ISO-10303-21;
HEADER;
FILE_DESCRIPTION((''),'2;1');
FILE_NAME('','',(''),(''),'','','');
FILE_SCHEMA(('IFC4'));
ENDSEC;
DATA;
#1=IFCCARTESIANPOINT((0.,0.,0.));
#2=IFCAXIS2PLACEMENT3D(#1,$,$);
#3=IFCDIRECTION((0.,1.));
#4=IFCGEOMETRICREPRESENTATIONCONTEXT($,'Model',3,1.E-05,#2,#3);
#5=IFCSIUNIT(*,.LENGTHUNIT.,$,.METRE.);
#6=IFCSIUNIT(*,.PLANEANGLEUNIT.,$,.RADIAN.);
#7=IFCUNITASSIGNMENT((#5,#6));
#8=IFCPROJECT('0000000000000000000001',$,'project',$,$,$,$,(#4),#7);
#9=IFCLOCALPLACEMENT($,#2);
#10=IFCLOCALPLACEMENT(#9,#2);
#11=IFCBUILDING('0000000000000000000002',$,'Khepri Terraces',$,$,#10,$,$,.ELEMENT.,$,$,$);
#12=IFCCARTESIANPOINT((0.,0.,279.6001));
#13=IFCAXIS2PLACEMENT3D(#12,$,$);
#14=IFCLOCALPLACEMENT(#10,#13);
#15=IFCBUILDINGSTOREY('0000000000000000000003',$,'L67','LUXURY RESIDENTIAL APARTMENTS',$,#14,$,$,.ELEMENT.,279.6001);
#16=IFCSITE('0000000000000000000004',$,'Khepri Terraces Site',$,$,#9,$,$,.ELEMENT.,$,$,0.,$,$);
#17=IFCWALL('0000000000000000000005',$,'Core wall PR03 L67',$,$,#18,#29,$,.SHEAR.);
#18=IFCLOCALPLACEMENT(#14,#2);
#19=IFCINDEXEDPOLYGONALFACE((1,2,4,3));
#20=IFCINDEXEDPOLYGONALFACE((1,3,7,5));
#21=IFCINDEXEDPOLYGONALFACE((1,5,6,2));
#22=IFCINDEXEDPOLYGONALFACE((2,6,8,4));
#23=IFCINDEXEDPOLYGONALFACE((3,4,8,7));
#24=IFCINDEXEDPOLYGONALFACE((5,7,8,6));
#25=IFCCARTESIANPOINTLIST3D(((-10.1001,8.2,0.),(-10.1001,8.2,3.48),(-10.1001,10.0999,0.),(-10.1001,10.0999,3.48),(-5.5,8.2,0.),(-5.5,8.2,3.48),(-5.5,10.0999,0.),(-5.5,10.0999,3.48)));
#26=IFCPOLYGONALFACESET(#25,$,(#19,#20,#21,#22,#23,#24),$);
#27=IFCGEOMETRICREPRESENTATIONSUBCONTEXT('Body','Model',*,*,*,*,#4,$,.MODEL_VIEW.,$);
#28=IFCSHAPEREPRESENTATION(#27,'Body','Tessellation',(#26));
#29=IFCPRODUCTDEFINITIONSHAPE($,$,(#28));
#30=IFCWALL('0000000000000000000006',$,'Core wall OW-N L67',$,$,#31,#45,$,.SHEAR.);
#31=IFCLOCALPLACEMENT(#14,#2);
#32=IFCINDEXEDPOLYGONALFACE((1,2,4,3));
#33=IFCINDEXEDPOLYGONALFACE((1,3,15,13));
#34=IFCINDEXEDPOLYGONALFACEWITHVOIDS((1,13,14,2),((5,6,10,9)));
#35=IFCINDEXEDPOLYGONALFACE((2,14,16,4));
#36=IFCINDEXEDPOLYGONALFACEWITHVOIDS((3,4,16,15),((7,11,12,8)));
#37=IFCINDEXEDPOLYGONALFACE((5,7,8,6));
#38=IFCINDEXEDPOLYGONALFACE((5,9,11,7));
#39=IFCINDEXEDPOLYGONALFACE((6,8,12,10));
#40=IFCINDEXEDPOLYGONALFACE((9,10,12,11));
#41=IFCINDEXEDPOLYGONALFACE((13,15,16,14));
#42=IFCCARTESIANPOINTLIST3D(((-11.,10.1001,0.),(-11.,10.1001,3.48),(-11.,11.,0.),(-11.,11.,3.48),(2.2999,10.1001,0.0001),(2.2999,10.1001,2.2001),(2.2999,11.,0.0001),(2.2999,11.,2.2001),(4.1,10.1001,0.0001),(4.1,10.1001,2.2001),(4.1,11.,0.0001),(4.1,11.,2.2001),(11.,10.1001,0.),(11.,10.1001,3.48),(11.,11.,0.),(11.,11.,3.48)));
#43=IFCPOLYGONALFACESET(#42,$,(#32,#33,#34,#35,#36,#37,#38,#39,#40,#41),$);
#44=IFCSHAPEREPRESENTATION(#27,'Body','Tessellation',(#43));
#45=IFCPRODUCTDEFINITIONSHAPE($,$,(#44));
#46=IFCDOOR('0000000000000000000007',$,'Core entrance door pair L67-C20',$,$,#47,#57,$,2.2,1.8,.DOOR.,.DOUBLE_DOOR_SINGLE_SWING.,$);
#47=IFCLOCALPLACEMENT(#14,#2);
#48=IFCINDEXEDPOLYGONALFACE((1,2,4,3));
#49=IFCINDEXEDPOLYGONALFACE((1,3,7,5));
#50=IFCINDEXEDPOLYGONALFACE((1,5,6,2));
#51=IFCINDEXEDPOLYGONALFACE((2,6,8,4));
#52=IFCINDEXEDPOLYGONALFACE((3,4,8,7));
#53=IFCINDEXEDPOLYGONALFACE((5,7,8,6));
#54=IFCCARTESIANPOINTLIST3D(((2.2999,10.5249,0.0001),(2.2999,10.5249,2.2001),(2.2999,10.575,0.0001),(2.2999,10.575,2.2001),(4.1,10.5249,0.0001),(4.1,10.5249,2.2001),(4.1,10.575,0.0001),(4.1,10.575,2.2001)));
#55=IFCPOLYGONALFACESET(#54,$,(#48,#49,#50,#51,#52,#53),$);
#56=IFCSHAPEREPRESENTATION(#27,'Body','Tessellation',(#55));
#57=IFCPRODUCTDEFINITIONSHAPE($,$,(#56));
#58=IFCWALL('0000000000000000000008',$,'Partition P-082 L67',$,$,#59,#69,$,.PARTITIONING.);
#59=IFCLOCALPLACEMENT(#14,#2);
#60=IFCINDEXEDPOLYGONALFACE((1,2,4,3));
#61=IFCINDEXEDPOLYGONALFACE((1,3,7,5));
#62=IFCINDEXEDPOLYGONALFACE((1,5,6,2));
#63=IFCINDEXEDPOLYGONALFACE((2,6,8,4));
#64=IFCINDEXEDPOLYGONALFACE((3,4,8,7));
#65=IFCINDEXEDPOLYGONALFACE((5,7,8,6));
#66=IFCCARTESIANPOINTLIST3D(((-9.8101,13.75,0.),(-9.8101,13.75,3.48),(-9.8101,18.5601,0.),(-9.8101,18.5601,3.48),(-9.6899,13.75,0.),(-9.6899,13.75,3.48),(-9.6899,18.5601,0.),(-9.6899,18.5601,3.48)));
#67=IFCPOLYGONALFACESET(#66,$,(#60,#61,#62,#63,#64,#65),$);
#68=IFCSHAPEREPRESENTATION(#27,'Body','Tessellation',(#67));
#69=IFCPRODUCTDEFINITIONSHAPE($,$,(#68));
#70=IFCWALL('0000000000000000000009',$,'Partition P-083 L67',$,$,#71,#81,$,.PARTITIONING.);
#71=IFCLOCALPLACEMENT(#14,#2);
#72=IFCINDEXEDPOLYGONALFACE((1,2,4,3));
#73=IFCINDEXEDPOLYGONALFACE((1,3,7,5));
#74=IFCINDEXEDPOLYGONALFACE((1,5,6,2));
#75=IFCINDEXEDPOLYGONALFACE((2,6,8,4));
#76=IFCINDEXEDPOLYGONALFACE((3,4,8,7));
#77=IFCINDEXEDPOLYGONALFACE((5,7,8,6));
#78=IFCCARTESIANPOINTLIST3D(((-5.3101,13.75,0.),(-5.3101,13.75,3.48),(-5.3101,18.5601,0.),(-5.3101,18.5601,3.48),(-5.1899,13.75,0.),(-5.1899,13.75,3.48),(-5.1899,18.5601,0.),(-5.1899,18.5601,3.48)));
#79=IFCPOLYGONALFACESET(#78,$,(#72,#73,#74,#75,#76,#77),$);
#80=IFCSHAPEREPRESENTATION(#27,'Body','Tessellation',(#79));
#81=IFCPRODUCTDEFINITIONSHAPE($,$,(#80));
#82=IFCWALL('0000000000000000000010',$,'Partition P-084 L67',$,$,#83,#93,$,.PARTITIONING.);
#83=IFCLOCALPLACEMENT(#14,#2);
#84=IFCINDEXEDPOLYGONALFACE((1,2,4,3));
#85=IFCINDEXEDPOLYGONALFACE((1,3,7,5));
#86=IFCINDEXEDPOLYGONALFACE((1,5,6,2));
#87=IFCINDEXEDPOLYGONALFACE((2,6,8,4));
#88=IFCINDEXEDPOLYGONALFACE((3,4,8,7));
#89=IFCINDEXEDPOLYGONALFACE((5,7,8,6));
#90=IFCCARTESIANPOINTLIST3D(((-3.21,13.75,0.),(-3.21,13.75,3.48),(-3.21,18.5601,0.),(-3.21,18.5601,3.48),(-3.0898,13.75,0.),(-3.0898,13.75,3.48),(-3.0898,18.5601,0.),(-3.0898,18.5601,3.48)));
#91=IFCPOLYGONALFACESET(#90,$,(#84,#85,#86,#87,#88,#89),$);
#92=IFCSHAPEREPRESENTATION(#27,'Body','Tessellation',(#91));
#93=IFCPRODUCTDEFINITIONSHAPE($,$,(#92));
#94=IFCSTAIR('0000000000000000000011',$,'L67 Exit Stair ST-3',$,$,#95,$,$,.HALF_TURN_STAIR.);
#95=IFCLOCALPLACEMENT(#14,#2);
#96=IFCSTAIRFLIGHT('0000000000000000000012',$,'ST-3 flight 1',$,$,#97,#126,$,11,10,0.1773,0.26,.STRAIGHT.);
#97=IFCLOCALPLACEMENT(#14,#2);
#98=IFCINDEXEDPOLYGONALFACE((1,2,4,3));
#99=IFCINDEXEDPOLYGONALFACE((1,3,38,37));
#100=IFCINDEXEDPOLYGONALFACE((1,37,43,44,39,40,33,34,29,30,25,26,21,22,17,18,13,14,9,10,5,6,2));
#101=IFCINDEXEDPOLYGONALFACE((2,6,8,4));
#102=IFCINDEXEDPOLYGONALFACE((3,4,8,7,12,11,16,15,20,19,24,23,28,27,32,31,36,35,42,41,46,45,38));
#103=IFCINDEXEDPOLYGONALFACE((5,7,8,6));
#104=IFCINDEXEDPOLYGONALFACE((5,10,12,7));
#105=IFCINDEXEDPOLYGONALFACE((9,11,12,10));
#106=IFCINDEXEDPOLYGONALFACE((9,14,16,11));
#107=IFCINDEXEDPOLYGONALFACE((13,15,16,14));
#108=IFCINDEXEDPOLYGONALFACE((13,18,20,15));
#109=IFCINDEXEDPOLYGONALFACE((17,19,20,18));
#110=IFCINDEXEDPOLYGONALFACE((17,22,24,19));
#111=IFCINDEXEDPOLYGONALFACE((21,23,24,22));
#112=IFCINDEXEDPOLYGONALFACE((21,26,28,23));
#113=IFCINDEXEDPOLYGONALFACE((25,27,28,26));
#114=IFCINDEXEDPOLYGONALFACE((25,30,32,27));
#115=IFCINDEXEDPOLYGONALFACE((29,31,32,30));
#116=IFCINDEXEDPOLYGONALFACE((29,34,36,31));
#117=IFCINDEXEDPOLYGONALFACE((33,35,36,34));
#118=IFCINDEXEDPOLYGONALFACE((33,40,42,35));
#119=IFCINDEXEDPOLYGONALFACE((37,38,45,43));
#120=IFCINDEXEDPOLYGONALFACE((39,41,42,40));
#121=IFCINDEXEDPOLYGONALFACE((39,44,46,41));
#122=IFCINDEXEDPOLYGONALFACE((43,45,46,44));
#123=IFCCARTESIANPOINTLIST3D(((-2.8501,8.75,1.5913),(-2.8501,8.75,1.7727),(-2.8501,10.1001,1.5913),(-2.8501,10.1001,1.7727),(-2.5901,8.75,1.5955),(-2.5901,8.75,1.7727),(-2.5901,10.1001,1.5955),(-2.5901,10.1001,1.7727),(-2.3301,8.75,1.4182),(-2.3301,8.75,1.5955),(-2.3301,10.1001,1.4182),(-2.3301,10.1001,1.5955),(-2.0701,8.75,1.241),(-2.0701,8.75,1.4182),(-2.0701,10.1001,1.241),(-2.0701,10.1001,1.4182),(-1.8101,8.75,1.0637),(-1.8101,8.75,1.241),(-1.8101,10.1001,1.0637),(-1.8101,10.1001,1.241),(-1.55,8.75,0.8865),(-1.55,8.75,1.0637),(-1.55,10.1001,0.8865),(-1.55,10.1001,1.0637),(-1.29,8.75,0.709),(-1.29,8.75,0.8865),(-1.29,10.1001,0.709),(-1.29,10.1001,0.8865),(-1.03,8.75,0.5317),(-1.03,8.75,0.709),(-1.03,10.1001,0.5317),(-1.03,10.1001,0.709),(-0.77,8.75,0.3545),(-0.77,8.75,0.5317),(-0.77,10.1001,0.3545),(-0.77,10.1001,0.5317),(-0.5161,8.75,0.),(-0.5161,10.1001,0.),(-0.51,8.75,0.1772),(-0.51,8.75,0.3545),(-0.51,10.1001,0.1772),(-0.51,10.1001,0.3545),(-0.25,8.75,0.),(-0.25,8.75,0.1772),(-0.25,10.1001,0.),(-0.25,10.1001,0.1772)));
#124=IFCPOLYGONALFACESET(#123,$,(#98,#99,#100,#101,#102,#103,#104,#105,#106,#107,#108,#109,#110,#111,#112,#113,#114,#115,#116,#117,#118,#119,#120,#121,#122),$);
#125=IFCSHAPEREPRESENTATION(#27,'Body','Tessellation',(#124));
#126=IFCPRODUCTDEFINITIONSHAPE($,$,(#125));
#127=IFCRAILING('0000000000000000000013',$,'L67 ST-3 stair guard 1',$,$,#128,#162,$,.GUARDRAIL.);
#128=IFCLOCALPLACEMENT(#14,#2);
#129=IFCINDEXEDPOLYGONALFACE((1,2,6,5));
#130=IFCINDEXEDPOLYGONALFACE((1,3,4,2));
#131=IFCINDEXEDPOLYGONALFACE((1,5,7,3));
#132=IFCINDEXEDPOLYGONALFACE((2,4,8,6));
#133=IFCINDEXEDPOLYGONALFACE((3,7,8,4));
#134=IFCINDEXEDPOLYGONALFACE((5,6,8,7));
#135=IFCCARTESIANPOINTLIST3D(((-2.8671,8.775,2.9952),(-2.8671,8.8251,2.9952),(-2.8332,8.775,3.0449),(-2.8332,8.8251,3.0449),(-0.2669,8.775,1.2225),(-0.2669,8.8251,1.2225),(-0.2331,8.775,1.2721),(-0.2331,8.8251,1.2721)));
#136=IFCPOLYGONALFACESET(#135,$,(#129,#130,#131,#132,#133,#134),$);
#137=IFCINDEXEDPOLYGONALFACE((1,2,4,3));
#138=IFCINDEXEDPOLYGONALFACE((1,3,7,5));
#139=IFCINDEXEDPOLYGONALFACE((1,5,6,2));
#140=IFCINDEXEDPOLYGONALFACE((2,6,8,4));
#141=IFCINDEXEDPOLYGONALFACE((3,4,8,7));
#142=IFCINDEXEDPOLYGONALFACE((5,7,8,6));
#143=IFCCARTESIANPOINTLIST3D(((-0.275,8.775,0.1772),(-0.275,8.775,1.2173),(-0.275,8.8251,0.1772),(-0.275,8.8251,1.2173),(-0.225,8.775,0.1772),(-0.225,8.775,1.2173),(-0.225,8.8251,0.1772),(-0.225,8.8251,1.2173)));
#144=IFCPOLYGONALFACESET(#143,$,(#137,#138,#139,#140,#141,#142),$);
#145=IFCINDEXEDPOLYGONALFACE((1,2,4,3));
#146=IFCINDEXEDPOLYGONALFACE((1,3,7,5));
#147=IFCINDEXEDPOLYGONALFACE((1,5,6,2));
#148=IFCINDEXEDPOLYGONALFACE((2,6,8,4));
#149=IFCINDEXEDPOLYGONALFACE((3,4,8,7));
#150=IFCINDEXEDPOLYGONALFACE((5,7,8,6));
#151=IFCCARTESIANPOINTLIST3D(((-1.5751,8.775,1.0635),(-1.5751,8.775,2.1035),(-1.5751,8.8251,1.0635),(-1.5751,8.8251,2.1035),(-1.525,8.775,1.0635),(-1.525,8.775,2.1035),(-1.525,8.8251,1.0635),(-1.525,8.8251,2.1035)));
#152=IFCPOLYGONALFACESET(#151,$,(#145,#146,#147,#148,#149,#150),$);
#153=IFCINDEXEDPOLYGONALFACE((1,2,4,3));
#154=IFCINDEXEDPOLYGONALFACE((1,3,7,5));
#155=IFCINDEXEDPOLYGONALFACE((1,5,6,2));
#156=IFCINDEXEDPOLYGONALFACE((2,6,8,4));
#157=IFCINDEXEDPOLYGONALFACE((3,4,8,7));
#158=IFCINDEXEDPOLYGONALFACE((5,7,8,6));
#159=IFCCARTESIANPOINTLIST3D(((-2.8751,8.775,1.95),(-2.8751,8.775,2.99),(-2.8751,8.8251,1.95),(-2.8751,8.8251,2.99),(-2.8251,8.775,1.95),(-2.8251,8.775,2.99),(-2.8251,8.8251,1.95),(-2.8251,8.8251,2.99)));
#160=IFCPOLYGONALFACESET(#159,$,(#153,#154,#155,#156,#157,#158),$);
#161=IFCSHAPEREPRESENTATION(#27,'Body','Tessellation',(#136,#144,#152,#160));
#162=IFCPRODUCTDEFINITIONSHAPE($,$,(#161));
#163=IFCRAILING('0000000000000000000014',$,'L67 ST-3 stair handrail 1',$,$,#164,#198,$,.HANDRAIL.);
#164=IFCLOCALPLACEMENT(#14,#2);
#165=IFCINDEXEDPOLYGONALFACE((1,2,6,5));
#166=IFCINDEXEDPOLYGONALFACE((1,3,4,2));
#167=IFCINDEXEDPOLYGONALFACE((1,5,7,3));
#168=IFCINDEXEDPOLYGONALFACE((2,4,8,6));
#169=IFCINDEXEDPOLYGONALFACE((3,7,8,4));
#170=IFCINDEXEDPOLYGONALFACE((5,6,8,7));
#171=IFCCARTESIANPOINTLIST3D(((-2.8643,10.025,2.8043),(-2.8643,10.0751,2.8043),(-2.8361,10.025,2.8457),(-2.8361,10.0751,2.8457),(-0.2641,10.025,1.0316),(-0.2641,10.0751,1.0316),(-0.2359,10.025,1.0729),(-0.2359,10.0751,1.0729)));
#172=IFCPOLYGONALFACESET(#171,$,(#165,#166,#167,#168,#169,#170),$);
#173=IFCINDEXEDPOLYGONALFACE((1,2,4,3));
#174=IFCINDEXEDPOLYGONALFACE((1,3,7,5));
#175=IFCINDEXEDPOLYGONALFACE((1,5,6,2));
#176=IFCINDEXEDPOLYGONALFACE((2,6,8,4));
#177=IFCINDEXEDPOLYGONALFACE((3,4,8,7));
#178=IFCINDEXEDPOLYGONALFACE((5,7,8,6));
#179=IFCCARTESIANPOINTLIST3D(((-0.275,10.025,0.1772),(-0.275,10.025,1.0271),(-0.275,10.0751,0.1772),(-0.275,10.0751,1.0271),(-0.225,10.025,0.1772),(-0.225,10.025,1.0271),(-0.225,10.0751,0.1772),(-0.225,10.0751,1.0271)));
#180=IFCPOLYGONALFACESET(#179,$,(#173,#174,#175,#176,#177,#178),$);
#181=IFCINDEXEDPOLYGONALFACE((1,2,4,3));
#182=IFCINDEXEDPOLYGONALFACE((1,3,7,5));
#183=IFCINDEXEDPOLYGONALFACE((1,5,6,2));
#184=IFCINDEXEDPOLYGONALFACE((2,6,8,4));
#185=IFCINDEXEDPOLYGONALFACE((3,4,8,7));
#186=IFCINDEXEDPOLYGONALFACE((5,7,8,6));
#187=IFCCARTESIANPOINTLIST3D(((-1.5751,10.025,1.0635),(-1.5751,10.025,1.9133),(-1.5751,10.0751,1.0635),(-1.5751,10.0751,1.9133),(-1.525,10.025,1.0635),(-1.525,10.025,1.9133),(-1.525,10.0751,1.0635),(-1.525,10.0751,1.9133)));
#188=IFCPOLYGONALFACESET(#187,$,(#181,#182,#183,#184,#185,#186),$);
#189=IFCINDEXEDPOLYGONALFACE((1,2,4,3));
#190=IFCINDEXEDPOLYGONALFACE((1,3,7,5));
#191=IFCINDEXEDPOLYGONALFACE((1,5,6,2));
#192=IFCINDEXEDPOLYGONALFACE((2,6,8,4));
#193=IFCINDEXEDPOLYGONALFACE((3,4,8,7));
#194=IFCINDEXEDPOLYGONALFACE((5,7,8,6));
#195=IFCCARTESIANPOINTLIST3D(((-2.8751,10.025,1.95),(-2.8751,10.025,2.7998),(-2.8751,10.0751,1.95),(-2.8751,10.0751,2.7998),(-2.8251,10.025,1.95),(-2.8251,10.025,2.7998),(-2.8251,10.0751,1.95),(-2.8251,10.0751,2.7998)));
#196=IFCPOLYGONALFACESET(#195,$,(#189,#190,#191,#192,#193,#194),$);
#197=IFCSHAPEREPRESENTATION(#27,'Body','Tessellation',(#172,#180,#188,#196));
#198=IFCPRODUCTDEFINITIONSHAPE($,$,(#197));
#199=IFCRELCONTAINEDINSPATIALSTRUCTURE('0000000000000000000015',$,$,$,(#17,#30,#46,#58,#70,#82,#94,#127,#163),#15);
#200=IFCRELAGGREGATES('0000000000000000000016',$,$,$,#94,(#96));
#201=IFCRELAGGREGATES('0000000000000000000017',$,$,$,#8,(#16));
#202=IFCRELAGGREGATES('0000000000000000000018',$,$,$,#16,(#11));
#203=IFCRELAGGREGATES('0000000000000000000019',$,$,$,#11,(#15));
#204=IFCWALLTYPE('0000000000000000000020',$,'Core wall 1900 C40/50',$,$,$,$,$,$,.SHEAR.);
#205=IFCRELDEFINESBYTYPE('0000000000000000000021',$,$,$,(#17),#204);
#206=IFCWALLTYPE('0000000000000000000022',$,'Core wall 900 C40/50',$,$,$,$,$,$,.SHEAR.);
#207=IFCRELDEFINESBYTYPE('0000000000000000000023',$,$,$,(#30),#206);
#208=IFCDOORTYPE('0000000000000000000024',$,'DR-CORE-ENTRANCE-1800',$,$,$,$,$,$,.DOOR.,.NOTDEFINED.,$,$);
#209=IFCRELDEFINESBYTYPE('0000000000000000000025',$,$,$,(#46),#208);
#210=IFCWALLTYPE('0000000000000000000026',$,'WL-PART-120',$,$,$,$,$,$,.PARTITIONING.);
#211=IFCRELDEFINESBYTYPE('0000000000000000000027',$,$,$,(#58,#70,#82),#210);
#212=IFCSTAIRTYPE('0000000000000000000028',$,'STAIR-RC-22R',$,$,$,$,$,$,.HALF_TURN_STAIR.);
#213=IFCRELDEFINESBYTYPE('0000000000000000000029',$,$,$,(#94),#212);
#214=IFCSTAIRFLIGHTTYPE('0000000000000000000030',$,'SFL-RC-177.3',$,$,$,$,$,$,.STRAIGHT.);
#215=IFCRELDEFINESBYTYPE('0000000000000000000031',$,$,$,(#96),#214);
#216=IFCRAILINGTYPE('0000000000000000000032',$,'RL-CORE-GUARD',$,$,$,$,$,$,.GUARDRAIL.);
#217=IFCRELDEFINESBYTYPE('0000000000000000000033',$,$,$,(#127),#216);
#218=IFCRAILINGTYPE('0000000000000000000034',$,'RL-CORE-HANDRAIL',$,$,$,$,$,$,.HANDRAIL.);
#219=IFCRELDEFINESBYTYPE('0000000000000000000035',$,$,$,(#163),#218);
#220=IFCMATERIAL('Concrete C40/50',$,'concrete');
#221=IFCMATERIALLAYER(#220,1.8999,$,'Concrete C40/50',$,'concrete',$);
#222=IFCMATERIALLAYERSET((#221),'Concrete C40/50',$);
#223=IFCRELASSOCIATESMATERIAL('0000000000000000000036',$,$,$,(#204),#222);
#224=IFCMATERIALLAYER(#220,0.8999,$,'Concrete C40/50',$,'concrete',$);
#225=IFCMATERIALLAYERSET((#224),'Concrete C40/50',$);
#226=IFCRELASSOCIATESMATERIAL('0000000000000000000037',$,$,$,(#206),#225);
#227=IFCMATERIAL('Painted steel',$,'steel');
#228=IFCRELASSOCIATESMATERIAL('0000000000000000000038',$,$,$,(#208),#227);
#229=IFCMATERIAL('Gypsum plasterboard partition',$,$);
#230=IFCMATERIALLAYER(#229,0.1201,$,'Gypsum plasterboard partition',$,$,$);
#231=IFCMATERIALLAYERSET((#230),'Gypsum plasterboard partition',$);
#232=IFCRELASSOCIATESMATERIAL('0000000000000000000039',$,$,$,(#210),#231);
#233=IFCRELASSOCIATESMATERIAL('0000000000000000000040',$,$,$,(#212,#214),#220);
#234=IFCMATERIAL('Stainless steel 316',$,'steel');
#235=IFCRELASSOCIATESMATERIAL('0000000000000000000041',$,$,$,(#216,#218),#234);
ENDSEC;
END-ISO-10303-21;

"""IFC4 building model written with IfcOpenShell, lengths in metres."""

from ifc_helpers import new_model, si_unit, direction, frame, frame_2d, origin, origin_2d, place, context, subcontext, project, spatial, polyline, rectangle, outline, extrude, material, layer, layer_set, type_object, element, fill, aggregate, save


model = new_model("IFC4")

# Units and contexts
model_context = context("Model", 3, precision=1e-05, world=origin(), true_north=direction((0.0, 1.0)))
body_context = subcontext(model_context, "Body", "Model", "MODEL_VIEW")
ifc_project = project(units=[si_unit("LENGTHUNIT", "METRE"), si_unit("PLANEANGLEUNIT", "RADIAN")], contexts=[model_context])

# Site, building, storey
site_placement = place(None, origin())
site = spatial("IfcSite", under=ifc_project, at=site_placement, Name="Khepri Terraces Site", CompositionType="ELEMENT", RefElevation=0.0)
building_placement = place(site_placement, origin())
building = spatial("IfcBuilding", under=site, at=building_placement, Name="Khepri Terraces", CompositionType="ELEMENT")
storey_placement = place(building_placement, frame((0.0, 0.0, 279.6001)))
storey = spatial("IfcBuildingStorey", under=building, at=storey_placement, Name="L67", Description="LUXURY RESIDENTIAL APARTMENTS", CompositionType="ELEMENT", Elevation=279.6001)

# Wall
ifc_material_1 = material(Name="Concrete C40/50", Category="concrete")
ifc_layer_1 = layer(ifc_material_1, 1.8999, Name="Concrete C40/50", Category="concrete")
ifc_layer_set_1 = layer_set([ifc_layer_1], Name="Concrete C40/50")
wall_type_1 = type_object("IfcWallType", Name="Core wall 1900 C40/50", PredefinedType="SHEAR", material=ifc_layer_set_1)
wall_1_placement = place(storey_placement, frame((-10.1001, 9.1499, 0.0), z_axis=(0.0, 0.0, 1.0), x_axis=(1.0, 0.0, 0.0)))
element("IfcWall", 1, at=wall_1_placement, inside=storey, type_object=wall_type_1, Name="Core wall PR03 L67", PredefinedType="SHEAR", context=body_context, shape_type="SweptSolid", body=[
    extrude(rectangle(XDim=4.6001, YDim=1.8999, at=frame_2d((2.3, 0.0))), origin(), (0.0, 0.0, 1.0), 3.48),
])

# Wall, opening, door
ifc_layer_2 = layer(ifc_material_1, 0.8999, Name="Concrete C40/50", Category="concrete")
ifc_layer_set_2 = layer_set([ifc_layer_2], Name="Concrete C40/50")
wall_type_2 = type_object("IfcWallType", Name="Core wall 900 C40/50", PredefinedType="SHEAR", material=ifc_layer_set_2)
wall_2_placement = place(storey_placement, frame((-11.0, 10.55, 0.0), z_axis=(0.0, 0.0, 1.0), x_axis=(1.0, 0.0, 0.0)))
wall_2 = element("IfcWall", 2, at=wall_2_placement, inside=storey, type_object=wall_type_2, Name="Core wall OW-N L67", PredefinedType="SHEAR", context=body_context, shape_type="SweptSolid", body=[
    extrude(rectangle(XDim=22.0, YDim=0.8999, at=frame_2d((11.0, 0.0))), origin(), (0.0, 0.0, 1.0), 3.48),
])
opening_placement = place(wall_2_placement, frame((13.3, 0.0, 0.0)))
opening = element("IfcOpeningElement", 3, at=opening_placement, cuts=wall_2, PredefinedType="OPENING", context=body_context, shape_type="SweptSolid", body=[
    extrude(rectangle(XDim=1.8, YDim=2.2, at=frame_2d((0.8999, 1.1001))), frame((0.0, 0.46, 0.0), z_axis=(0.0, -1.0, 0.0), x_axis=(1.0, 0.0, 0.0)), (0.0, 0.0, 1.0), 0.9199),
])
ifc_material_2 = material(Name="Painted steel", Category="steel")
door_type = type_object("IfcDoorType", Name="DR-CORE-ENTRANCE-1800", OperationType="NOTDEFINED", PredefinedType="DOOR", material=ifc_material_2)
door_placement = place(opening_placement, origin())
door = element("IfcDoor", 4, at=door_placement, inside=storey, type_object=door_type, Name="Core entrance door pair L67-C20", OperationType="DOUBLE_DOOR_SINGLE_SWING", OverallHeight=2.2, OverallWidth=1.8, PredefinedType="DOOR", context=body_context, shape_type="SweptSolid", body=[
    extrude(rectangle(XDim=1.8, YDim=2.2, at=frame_2d((0.8999, 1.1001))), frame((0.0, 0.0249, 0.0), z_axis=(0.0, -1.0, 0.0), x_axis=(1.0, 0.0, 0.0)), (0.0, 0.0, 1.0), 0.05),
])
fill(opening, door)

# Walls
ifc_material_3 = material(Name="Gypsum plasterboard partition")
ifc_layer_3 = layer(ifc_material_3, 0.1201, Name="Gypsum plasterboard partition")
ifc_layer_set_3 = layer_set([ifc_layer_3], Name="Gypsum plasterboard partition")
wall_type_3 = type_object("IfcWallType", Name="WL-PART-120", PredefinedType="PARTITIONING", material=ifc_layer_set_3)
for number, where, z_axis, x_axis, name in (
    (5, (-9.75, 13.75, 0.0), (0.0, 0.0, 1.0), (0.0, 1.0, 0.0), "Partition P-082 L67"),
    (6, (-5.25, 13.75, 0.0), (0.0, 0.0, 1.0), (0.0, 1.0, 0.0), "Partition P-083 L67"),
    (7, (-3.1499, 13.75, 0.0), (0.0, 0.0, 1.0), (0.0, 1.0, 0.0), "Partition P-084 L67"),
):
    element("IfcWall", number, at=place(storey_placement, frame(where, z_axis=z_axis, x_axis=x_axis)), inside=storey, type_object=wall_type_3, Name=name, PredefinedType="PARTITIONING", context=body_context, shape_type="SweptSolid", body=[
        extrude(rectangle(XDim=4.8101, YDim=0.1201, at=frame_2d((2.405, 0.0))), origin(), (0.0, 0.0, 1.0), 3.48),
    ])

# Stair, stair flight
stair_type = type_object("IfcStairType", Name="STAIR-RC-22R", PredefinedType="HALF_TURN_STAIR", material=ifc_material_1)
stair_placement = place(storey_placement, origin())
stair = element("IfcStair", 8, at=stair_placement, inside=storey, type_object=stair_type, Name="L67 Exit Stair ST-3", PredefinedType="HALF_TURN_STAIR")
stair_flight_type = type_object("IfcStairFlightType", Name="SFL-RC-177.3", PredefinedType="STRAIGHT", material=ifc_material_1)
stair_flight_placement = place(storey_placement, frame((-0.25, 9.425, 0.0), z_axis=(0.0, 0.0, 1.0), x_axis=(-1.0, 0.0, 0.0)))
stair_flight = element("IfcStairFlight", 9, at=stair_flight_placement, type_object=stair_flight_type, Name="ST-3 flight 1", NumberOfRisers=11, NumberOfTreads=10, PredefinedType="STRAIGHT", RiserHeight=0.1773, TreadLength=0.26, context=body_context, shape_type="SweptSolid", body=[
    extrude(outline(polyline([(0.0, 0.0), (0.0, 0.1772), (0.26, 0.1772), (0.26, 0.3545), (0.52, 0.3545), (0.52, 0.5317), (0.78, 0.5317), (0.78, 0.709), (1.04, 0.709), (1.04, 0.8865), (1.3, 0.8865), (1.3, 1.0637), (1.5601, 1.0637), (1.5601, 1.241), (1.8201, 1.241), (1.8201, 1.4182), (2.0801, 1.4182), (2.0801, 1.5955), (2.3401, 1.5955), (2.3401, 1.7727), (2.6001, 1.7727), (2.6001, 1.95), (2.6001, 1.5913), (0.2661, 0.0), (0.0, 0.0)])), frame((0.0, 0.675, 0.0), z_axis=(0.0, -1.0, 0.0), x_axis=(1.0, 0.0, 0.0)), (0.0, 0.0, 1.0), 1.3501),
])
aggregate(stair, [stair_flight])

# Railings
ifc_material_4 = material(Name="Stainless steel 316", Category="steel")
railing_type_1 = type_object("IfcRailingType", Name="RL-CORE-GUARD", PredefinedType="GUARDRAIL", material=ifc_material_4)
railing_1_placement = place(storey_placement, frame((-0.25, 8.8, 0.1772)))
element("IfcRailing", 10, at=railing_1_placement, inside=storey, type_object=railing_type_1, Name="L67 ST-3 stair guard 1", PredefinedType="GUARDRAIL", context=body_context, shape_type="SweptSolid", body=[
    extrude(rectangle(XDim=0.05, YDim=0.0601, at=origin_2d()), frame((0.0, 0.0, 1.0701), z_axis=(-0.82624, 0.0, 0.563318), x_axis=(0.0, -1.0, 0.0)), (0.0, 0.0, 1.0), 3.147),
    extrude(rectangle(XDim=0.05, YDim=0.05, at=origin_2d()), origin(), (0.0, 0.0, 1.0), 1.04),
    extrude(rectangle(XDim=0.05, YDim=0.05, at=origin_2d()), frame((-1.3, 0.0, 0.8862)), (0.0, 0.0, 1.0), 1.04),
    extrude(rectangle(XDim=0.05, YDim=0.05, at=origin_2d()), frame((-2.6001, 0.0, 1.7727)), (0.0, 0.0, 1.0), 1.04),
])
railing_type_2 = type_object("IfcRailingType", Name="RL-CORE-HANDRAIL", PredefinedType="HANDRAIL", material=ifc_material_4)
railing_2_placement = place(storey_placement, frame((-0.25, 10.05, 0.1772)))
element("IfcRailing", 11, at=railing_2_placement, inside=storey, type_object=railing_type_2, Name="L67 ST-3 stair handrail 1", PredefinedType="HANDRAIL", context=body_context, shape_type="SweptSolid", body=[
    extrude(rectangle(XDim=0.05, YDim=0.05, at=origin_2d()), frame((0.0, 0.0, 0.875), z_axis=(-0.82624, 0.0, 0.563318), x_axis=(0.0, -1.0, 0.0)), (0.0, 0.0, 1.0), 3.147),
    extrude(rectangle(XDim=0.05, YDim=0.05, at=origin_2d()), origin(), (0.0, 0.0, 1.0), 0.8499),
    extrude(rectangle(XDim=0.05, YDim=0.05, at=origin_2d()), frame((-1.3, 0.0, 0.8862)), (0.0, 0.0, 1.0), 0.8499),
    extrude(rectangle(XDim=0.05, YDim=0.05, at=origin_2d()), frame((-2.6001, 0.0, 1.7727)), (0.0, 0.0, 1.0), 0.8499),
])

save(model, "model.ifc")
